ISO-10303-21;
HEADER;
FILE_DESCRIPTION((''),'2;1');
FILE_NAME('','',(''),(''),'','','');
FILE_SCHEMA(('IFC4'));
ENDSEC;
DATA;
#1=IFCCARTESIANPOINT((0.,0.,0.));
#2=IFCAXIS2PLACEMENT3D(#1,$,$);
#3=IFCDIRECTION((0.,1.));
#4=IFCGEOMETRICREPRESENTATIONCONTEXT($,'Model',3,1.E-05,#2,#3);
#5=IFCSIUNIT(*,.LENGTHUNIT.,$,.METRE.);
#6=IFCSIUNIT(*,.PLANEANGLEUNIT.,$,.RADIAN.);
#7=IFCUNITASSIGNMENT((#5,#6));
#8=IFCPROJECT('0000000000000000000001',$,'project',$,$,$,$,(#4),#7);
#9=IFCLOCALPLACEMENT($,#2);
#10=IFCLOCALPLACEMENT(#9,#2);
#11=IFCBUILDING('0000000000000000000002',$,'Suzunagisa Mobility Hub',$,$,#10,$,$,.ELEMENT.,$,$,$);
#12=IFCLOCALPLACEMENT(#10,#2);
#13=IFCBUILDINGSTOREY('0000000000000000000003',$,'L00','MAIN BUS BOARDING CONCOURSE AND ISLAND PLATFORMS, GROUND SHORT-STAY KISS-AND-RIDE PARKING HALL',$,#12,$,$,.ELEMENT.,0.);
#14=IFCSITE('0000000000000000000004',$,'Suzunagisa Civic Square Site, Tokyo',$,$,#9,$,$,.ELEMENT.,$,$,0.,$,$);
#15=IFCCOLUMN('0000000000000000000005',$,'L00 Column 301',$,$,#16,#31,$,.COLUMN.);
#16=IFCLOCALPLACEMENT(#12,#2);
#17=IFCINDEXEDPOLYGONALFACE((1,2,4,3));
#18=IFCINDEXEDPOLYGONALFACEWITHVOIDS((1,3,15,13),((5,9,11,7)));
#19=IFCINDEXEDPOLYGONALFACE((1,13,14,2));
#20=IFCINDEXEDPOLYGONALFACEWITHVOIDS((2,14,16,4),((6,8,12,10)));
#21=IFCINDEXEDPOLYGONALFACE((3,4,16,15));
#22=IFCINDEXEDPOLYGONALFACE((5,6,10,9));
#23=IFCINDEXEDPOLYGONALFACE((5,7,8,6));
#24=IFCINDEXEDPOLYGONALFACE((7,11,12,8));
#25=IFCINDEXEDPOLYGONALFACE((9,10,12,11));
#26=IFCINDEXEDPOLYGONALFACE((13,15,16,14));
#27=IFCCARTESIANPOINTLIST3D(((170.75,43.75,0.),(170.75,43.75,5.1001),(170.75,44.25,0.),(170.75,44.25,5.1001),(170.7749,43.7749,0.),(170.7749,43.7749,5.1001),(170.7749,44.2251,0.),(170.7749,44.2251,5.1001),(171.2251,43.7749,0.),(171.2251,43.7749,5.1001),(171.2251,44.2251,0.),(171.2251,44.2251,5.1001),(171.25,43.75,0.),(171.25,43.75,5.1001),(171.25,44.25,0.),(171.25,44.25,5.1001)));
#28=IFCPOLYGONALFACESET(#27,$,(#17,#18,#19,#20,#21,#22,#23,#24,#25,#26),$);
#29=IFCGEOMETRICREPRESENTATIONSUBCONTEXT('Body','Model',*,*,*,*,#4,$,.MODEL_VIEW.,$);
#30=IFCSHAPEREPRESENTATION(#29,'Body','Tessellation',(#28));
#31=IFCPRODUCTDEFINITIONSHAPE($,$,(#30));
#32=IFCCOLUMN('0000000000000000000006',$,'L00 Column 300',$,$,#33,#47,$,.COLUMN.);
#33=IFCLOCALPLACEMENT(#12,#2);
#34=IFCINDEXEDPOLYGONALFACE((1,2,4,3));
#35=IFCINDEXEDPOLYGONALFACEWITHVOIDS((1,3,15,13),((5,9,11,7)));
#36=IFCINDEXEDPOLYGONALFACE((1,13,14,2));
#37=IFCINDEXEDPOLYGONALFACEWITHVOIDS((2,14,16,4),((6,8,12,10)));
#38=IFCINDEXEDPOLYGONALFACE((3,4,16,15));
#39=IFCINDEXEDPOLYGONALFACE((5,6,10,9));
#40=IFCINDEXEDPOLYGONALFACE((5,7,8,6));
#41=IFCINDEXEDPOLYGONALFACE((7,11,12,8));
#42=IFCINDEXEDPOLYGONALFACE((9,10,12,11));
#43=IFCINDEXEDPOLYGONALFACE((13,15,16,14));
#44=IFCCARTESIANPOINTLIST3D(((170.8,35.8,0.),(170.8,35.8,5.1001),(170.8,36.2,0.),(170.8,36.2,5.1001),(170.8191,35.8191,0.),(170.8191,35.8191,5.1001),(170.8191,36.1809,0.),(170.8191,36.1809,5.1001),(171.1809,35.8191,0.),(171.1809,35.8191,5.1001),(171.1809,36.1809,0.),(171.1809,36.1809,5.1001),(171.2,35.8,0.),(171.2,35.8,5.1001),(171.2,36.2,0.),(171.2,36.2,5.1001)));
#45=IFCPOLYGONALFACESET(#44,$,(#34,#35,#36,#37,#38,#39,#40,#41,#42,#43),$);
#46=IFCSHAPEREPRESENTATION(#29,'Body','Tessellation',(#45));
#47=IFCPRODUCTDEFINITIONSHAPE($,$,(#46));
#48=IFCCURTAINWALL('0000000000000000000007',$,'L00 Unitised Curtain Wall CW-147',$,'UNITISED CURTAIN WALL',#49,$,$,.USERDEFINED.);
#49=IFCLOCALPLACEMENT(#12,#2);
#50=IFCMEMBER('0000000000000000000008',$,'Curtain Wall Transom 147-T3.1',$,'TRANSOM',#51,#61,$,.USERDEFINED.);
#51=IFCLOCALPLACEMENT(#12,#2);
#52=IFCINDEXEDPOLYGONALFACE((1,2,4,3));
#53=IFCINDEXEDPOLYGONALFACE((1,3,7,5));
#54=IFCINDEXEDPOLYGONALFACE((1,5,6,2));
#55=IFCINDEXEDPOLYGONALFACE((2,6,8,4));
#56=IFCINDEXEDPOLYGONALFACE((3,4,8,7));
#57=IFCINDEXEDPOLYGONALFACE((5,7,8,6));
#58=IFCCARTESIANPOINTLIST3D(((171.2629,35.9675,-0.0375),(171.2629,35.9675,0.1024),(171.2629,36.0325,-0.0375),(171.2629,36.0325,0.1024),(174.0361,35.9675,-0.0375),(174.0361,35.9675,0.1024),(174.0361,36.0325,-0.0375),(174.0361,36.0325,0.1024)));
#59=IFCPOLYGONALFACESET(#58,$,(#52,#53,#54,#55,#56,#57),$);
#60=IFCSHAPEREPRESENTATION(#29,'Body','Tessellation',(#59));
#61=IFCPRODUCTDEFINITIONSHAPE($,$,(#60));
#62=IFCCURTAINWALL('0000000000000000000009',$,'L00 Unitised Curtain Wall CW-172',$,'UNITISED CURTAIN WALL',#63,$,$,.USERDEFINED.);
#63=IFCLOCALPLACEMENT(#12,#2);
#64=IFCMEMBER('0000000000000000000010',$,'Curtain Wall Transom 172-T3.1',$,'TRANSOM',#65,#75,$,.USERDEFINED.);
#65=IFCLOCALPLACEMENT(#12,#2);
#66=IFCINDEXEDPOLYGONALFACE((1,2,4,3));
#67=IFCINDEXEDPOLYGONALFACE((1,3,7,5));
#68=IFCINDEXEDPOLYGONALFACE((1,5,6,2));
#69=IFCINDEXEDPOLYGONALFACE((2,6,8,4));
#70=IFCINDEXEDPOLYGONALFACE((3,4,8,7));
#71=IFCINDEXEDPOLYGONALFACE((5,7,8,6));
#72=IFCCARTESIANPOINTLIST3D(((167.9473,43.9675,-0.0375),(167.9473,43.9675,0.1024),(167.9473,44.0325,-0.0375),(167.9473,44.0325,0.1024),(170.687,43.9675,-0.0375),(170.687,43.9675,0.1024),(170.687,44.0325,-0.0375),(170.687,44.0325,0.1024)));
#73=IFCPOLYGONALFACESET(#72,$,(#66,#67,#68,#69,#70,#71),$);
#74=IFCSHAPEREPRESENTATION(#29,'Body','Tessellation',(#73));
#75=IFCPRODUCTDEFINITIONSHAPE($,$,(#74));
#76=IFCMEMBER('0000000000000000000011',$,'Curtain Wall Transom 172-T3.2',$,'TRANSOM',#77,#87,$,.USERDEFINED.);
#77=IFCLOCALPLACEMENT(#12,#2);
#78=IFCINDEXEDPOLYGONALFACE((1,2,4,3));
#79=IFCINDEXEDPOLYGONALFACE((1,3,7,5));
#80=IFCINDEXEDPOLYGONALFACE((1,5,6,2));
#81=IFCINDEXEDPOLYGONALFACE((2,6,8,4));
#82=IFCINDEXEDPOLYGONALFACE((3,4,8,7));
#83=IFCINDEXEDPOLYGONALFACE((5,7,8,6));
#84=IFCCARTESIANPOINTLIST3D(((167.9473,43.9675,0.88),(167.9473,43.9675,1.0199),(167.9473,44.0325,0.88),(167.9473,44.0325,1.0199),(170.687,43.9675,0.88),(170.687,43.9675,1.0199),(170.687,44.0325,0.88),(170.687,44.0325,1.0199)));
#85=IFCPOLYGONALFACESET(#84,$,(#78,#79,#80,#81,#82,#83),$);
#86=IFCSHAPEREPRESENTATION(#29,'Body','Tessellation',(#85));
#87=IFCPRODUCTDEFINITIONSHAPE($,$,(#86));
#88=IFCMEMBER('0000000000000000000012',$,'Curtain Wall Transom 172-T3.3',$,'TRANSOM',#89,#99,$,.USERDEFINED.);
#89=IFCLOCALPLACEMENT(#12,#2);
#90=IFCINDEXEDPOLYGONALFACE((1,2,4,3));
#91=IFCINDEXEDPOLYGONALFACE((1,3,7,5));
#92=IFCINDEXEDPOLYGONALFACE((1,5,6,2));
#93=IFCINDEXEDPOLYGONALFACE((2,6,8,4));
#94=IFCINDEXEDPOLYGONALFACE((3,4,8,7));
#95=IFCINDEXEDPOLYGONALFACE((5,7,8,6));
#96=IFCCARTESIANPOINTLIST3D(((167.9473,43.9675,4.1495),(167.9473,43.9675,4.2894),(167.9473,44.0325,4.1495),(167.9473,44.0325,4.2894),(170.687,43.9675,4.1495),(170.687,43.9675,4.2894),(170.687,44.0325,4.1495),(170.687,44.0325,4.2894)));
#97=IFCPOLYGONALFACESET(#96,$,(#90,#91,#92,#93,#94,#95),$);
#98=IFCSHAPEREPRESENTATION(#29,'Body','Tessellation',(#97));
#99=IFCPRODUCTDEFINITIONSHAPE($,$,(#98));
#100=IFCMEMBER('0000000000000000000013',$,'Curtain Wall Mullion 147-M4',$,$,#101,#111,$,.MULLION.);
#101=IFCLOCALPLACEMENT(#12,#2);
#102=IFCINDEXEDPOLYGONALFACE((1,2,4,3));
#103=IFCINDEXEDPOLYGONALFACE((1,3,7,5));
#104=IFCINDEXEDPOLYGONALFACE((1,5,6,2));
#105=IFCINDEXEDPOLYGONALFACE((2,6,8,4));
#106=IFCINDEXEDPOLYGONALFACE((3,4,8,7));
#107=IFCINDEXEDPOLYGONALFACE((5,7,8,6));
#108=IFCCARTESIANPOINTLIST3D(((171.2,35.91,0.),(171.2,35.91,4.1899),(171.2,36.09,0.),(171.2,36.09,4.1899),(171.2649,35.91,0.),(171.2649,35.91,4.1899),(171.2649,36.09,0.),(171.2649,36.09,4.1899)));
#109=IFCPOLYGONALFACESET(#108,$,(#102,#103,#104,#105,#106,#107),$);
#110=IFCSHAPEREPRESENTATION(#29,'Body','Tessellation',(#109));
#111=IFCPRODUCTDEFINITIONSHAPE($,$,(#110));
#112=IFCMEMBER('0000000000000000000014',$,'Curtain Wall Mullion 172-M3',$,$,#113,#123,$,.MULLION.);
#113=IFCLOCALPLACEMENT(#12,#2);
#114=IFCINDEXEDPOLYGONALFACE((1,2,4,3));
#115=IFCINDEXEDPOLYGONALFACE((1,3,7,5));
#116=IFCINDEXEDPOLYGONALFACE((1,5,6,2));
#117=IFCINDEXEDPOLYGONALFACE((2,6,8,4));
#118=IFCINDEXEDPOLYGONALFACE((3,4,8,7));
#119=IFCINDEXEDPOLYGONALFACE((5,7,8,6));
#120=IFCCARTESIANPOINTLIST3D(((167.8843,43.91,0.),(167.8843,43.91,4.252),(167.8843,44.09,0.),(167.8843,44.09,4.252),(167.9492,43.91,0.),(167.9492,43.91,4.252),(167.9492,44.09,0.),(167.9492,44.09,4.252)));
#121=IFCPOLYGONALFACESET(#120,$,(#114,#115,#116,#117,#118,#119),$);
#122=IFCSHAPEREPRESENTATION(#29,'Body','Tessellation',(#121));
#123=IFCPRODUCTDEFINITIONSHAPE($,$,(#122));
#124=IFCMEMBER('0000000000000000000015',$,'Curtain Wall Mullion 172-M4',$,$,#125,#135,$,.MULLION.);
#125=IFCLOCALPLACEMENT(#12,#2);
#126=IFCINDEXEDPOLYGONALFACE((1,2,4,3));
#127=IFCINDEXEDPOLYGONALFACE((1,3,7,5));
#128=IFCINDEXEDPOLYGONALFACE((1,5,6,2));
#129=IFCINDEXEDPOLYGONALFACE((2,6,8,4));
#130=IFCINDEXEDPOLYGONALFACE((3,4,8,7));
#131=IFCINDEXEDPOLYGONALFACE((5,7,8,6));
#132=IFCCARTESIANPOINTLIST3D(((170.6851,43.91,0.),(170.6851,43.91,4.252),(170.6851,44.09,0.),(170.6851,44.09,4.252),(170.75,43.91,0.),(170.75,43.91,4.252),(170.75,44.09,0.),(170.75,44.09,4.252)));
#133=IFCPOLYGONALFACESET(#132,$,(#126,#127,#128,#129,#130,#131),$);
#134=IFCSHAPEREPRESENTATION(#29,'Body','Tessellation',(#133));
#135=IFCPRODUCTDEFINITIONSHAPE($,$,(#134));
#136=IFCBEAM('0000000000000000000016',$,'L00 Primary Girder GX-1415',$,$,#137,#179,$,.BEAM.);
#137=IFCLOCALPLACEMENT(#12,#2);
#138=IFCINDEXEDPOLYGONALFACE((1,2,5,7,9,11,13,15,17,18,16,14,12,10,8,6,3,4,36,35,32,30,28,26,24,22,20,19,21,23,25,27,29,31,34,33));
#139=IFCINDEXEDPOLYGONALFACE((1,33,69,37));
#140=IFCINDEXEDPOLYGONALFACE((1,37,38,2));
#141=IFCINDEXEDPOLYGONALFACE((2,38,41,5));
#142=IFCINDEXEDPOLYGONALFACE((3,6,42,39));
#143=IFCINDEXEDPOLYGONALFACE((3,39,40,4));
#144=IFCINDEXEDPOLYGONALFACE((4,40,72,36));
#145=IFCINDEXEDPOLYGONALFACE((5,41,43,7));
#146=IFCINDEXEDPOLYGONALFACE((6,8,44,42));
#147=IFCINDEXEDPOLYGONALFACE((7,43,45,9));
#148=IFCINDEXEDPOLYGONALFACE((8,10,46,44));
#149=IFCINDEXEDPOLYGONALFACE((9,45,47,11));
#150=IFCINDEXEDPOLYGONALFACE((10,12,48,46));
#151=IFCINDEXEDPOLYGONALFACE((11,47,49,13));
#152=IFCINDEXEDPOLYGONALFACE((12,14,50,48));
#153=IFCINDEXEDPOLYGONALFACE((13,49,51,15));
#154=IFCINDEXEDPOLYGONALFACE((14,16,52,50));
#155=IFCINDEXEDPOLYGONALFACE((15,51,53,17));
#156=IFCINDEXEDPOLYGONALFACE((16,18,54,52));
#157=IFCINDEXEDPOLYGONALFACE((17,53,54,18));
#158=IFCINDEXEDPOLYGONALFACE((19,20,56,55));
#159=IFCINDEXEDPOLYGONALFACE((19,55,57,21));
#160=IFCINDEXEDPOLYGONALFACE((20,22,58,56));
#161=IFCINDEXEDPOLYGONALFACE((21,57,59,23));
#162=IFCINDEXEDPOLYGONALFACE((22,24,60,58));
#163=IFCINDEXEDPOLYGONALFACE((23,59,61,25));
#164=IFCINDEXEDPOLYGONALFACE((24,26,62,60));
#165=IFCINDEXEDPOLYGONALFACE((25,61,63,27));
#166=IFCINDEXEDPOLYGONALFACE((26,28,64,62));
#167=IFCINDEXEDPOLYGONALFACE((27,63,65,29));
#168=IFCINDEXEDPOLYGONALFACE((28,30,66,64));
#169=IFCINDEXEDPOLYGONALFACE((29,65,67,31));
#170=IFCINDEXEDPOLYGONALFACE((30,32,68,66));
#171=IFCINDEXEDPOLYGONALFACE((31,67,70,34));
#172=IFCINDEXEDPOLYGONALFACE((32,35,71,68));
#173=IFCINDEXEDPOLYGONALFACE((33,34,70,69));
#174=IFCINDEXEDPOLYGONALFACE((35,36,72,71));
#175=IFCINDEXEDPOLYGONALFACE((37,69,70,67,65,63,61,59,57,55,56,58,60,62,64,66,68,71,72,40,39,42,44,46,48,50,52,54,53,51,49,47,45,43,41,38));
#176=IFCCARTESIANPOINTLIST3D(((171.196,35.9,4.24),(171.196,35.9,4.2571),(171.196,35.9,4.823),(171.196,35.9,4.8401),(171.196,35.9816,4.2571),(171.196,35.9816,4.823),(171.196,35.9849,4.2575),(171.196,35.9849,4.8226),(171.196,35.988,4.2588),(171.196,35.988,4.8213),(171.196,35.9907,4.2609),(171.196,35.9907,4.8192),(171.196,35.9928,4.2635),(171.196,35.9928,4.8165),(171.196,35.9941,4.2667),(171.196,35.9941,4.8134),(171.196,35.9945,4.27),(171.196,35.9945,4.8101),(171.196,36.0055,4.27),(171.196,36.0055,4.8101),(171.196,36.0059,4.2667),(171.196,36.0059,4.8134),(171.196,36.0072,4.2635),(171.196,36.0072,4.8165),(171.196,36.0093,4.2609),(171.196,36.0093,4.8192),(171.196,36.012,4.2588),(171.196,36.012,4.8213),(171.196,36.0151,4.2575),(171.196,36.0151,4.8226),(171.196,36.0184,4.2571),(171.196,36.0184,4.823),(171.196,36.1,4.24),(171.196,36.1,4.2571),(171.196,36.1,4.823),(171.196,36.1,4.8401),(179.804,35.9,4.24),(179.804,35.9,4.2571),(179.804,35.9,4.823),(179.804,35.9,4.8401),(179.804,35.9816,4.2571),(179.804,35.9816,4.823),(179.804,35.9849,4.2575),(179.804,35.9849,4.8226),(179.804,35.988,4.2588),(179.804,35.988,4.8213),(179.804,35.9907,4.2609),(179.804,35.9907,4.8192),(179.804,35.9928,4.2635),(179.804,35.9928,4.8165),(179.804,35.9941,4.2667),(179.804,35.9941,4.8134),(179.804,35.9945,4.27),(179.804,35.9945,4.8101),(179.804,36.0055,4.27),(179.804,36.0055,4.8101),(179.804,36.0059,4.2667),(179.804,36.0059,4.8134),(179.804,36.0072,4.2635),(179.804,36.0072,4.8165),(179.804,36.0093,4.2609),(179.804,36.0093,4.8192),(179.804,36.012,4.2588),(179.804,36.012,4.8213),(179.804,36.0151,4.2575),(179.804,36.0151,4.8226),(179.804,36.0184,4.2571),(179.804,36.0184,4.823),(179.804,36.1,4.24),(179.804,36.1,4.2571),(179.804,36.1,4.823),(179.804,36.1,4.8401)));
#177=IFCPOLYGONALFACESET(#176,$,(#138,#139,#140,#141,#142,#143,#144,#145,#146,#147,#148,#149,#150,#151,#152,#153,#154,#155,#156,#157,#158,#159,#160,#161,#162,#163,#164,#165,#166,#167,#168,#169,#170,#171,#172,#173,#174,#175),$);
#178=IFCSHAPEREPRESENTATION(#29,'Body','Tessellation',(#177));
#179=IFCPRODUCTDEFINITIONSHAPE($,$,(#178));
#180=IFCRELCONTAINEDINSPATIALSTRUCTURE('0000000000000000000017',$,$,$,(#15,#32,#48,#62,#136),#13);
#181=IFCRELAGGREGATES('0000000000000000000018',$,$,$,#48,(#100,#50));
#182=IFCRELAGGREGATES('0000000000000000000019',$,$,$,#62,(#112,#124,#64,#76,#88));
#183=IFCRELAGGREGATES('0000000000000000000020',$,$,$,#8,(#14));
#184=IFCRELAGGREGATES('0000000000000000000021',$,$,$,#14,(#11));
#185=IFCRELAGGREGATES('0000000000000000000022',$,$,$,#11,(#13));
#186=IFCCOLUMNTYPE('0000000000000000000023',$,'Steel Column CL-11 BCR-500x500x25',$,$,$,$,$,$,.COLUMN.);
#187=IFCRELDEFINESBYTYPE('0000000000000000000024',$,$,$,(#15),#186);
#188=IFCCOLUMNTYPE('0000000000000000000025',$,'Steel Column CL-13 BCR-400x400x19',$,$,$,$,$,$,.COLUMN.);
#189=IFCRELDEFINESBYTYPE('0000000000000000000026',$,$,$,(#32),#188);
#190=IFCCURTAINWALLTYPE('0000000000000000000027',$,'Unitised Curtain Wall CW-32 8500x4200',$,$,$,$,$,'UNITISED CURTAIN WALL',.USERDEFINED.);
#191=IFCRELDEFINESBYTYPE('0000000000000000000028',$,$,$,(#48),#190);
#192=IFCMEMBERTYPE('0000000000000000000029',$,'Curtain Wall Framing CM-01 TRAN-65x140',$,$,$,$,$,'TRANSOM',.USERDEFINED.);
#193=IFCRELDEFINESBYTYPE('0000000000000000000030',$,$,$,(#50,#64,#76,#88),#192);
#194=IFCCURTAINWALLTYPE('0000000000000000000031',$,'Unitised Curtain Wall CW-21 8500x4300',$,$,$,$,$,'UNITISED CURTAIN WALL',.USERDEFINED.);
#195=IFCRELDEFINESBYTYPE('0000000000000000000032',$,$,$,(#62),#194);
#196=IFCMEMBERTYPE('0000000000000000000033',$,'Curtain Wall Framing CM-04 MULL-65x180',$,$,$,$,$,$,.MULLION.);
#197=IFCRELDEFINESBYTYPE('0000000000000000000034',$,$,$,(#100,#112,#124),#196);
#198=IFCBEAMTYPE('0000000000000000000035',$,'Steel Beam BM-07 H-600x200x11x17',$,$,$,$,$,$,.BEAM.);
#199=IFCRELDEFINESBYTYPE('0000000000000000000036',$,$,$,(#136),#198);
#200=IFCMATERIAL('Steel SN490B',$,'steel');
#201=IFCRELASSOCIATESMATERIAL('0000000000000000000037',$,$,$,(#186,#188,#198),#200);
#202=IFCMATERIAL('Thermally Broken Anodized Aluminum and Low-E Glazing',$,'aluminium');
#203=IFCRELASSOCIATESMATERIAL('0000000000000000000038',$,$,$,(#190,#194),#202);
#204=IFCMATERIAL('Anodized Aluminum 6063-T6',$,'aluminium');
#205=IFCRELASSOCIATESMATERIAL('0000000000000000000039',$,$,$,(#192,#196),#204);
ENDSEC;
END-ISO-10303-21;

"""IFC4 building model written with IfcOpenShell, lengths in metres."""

from ifc_helpers import new_model, si_unit, direction, frame, origin, origin_2d, place, context, subcontext, project, spatial, rectangle, hollow_rectangle, i_section, extrude, material, material_profile, profile_set, type_object, element, aggregate, save


model = new_model("IFC4")

# Units and contexts
model_context = context("Model", 3, precision=1e-05, world=origin(), true_north=direction((0.0, 1.0)))
body_context = subcontext(model_context, "Body", "Model", "MODEL_VIEW")
ifc_project = project(units=[si_unit("LENGTHUNIT", "METRE"), si_unit("PLANEANGLEUNIT", "RADIAN")], contexts=[model_context])

# Site, building, storey
site_placement = place(None, origin())
site = spatial("IfcSite", under=ifc_project, at=site_placement, Name="Suzunagisa Civic Square Site, Tokyo", CompositionType="ELEMENT", RefElevation=0.0)
building_placement = place(site_placement, origin())
building = spatial("IfcBuilding", under=site, at=building_placement, Name="Suzunagisa Mobility Hub", CompositionType="ELEMENT")
storey_placement = place(building_placement, origin())
storey = spatial("IfcBuildingStorey", under=building, at=storey_placement, Name="L00", Description="MAIN BUS BOARDING CONCOURSE AND ISLAND PLATFORMS, GROUND SHORT-STAY KISS-AND-RIDE PARKING HALL", CompositionType="ELEMENT", Elevation=0.0)

# Columns
ifc_material_1 = material(Name="Steel SN490B", Category="steel")
ifc_material_profile_1 = material_profile(ifc_material_1, hollow_rectangle(XDim=0.5, YDim=0.5, WallThickness=0.0249, at=origin_2d()), Name="BCR-500x500x25")
ifc_profile_set_1 = profile_set([ifc_material_profile_1], Name="Steel SN490B")
column_type_1 = type_object("IfcColumnType", Name="Steel Column CL-11 BCR-500x500x25", PredefinedType="COLUMN", material=ifc_profile_set_1)
column_1_placement = place(storey_placement, frame((171.0, 44.0, 0.0), z_axis=(0.0, 0.0, 1.0), x_axis=(1.0, 0.0, 0.0)))
element("IfcColumn", 1, at=column_1_placement, inside=storey, type_object=column_type_1, Name="L00 Column 301", PredefinedType="COLUMN", context=body_context, shape_type="SweptSolid", body=[
    extrude(hollow_rectangle(XDim=0.5, YDim=0.5, WallThickness=0.0249, at=origin_2d()), origin(), (0.0, 0.0, 1.0), 5.1001),
])
ifc_material_profile_2 = material_profile(ifc_material_1, hollow_rectangle(XDim=0.3999, YDim=0.3999, WallThickness=0.019, at=origin_2d()), Name="BCR-400x400x19")
ifc_profile_set_2 = profile_set([ifc_material_profile_2], Name="Steel SN490B")
column_type_2 = type_object("IfcColumnType", Name="Steel Column CL-13 BCR-400x400x19", PredefinedType="COLUMN", material=ifc_profile_set_2)
column_2_placement = place(storey_placement, frame((171.0, 36.0, 0.0), z_axis=(0.0, 0.0, 1.0), x_axis=(1.0, 0.0, 0.0)))
element("IfcColumn", 2, at=column_2_placement, inside=storey, type_object=column_type_2, Name="L00 Column 300", PredefinedType="COLUMN", context=body_context, shape_type="SweptSolid", body=[
    extrude(hollow_rectangle(XDim=0.3999, YDim=0.3999, WallThickness=0.019, at=origin_2d()), origin(), (0.0, 0.0, 1.0), 5.1001),
])

# Curtain wall, member
ifc_material_2 = material(Name="Thermally Broken Anodized Aluminum and Low-E Glazing", Category="aluminium")
curtain_wall_type_1 = type_object("IfcCurtainWallType", Name="Unitised Curtain Wall CW-32 8500x4200", ElementType="UNITISED CURTAIN WALL", PredefinedType="USERDEFINED", material=ifc_material_2)
curtain_wall_1_placement = place(storey_placement, origin())
curtain_wall_1 = element("IfcCurtainWall", 3, at=curtain_wall_1_placement, inside=storey, type_object=curtain_wall_type_1, Name="L00 Unitised Curtain Wall CW-147", ObjectType="UNITISED CURTAIN WALL", PredefinedType="USERDEFINED")
ifc_material_3 = material(Name="Anodized Aluminum 6063-T6", Category="aluminium")
ifc_material_profile_3 = material_profile(ifc_material_3, rectangle(XDim=0.0649, YDim=0.1399, at=origin_2d()), Name="TRAN-65x140")
ifc_profile_set_3 = profile_set([ifc_material_profile_3], Name="Anodized Aluminum 6063-T6")
member_type_1 = type_object("IfcMemberType", Name="Curtain Wall Framing CM-01 TRAN-65x140", ElementType="TRANSOM", PredefinedType="USERDEFINED", material=ifc_profile_set_3)
member_1_placement = place(storey_placement, frame((174.0361, 36.0, 0.0325), z_axis=(-1.0, 0.0, 0.0), x_axis=(0.0, -1.0, 0.0)))
member_1 = element("IfcMember", 4, at=member_1_placement, type_object=member_type_1, Name="Curtain Wall Transom 147-T3.1", ObjectType="TRANSOM", PredefinedType="USERDEFINED", context=body_context, shape_type="SweptSolid", body=[
    extrude(rectangle(XDim=0.0649, YDim=0.1399, at=origin_2d()), origin(), (0.0, 0.0, 1.0), 2.7732),
])

# Curtain wall, members
curtain_wall_type_2 = type_object("IfcCurtainWallType", Name="Unitised Curtain Wall CW-21 8500x4300", ElementType="UNITISED CURTAIN WALL", PredefinedType="USERDEFINED", material=ifc_material_2)
curtain_wall_2_placement = place(storey_placement, origin())
curtain_wall_2 = element("IfcCurtainWall", 5, at=curtain_wall_2_placement, inside=storey, type_object=curtain_wall_type_2, Name="L00 Unitised Curtain Wall CW-172", ObjectType="UNITISED CURTAIN WALL", PredefinedType="USERDEFINED")
member_2_placement = place(storey_placement, frame((167.9473, 44.0, 0.0325), z_axis=(1.0, 0.0, 0.0), x_axis=(0.0, 1.0, 0.0)))
member_2 = element("IfcMember", 6, at=member_2_placement, type_object=member_type_1, Name="Curtain Wall Transom 172-T3.1", ObjectType="TRANSOM", PredefinedType="USERDEFINED", context=body_context, shape_type="SweptSolid", body=[
    extrude(rectangle(XDim=0.0649, YDim=0.1399, at=origin_2d()), origin(), (0.0, 0.0, 1.0), 2.7397),
])
member_3_placement = place(storey_placement, frame((167.9473, 44.0, 0.95), z_axis=(1.0, 0.0, 0.0), x_axis=(0.0, 1.0, 0.0)))
member_3 = element("IfcMember", 7, at=member_3_placement, type_object=member_type_1, Name="Curtain Wall Transom 172-T3.2", ObjectType="TRANSOM", PredefinedType="USERDEFINED", context=body_context, shape_type="SweptSolid", body=[
    extrude(rectangle(XDim=0.0649, YDim=0.1399, at=origin_2d()), origin(), (0.0, 0.0, 1.0), 2.7397),
])
member_4_placement = place(storey_placement, frame((167.9473, 44.0, 4.2195), z_axis=(1.0, 0.0, 0.0), x_axis=(0.0, 1.0, 0.0)))
member_4 = element("IfcMember", 8, at=member_4_placement, type_object=member_type_1, Name="Curtain Wall Transom 172-T3.3", ObjectType="TRANSOM", PredefinedType="USERDEFINED", context=body_context, shape_type="SweptSolid", body=[
    extrude(rectangle(XDim=0.0649, YDim=0.1399, at=origin_2d()), origin(), (0.0, 0.0, 1.0), 2.7397),
])

# Members
ifc_material_profile_4 = material_profile(ifc_material_3, rectangle(XDim=0.0649, YDim=0.1799, at=origin_2d()), Name="MULL-65x180")
ifc_profile_set_4 = profile_set([ifc_material_profile_4], Name="Anodized Aluminum 6063-T6")
member_type_2 = type_object("IfcMemberType", Name="Curtain Wall Framing CM-04 MULL-65x180", PredefinedType="MULLION", material=ifc_profile_set_4)
member_5_placement = place(storey_placement, frame((171.2324, 36.0, 0.0), z_axis=(0.0, 0.0, 1.0), x_axis=(-1.0, 0.0, 0.0)))
member_5 = element("IfcMember", 9, at=member_5_placement, type_object=member_type_2, Name="Curtain Wall Mullion 147-M4", PredefinedType="MULLION", context=body_context, shape_type="SweptSolid", body=[
    extrude(rectangle(XDim=0.0649, YDim=0.1799, at=origin_2d()), origin(), (0.0, 0.0, 1.0), 4.1899),
])
member_6_placement = place(storey_placement, frame((167.9167, 44.0, 0.0), z_axis=(0.0, 0.0, 1.0), x_axis=(1.0, 0.0, 0.0)))
member_6 = element("IfcMember", 10, at=member_6_placement, type_object=member_type_2, Name="Curtain Wall Mullion 172-M3", PredefinedType="MULLION", context=body_context, shape_type="SweptSolid", body=[
    extrude(rectangle(XDim=0.0649, YDim=0.1799, at=origin_2d()), origin(), (0.0, 0.0, 1.0), 4.252),
])
member_7_placement = place(storey_placement, frame((170.7175, 44.0, 0.0), z_axis=(0.0, 0.0, 1.0), x_axis=(1.0, 0.0, 0.0)))
member_7 = element("IfcMember", 11, at=member_7_placement, type_object=member_type_2, Name="Curtain Wall Mullion 172-M4", PredefinedType="MULLION", context=body_context, shape_type="SweptSolid", body=[
    extrude(rectangle(XDim=0.0649, YDim=0.1799, at=origin_2d()), origin(), (0.0, 0.0, 1.0), 4.252),
])

# Beam
ifc_material_profile_5 = material_profile(ifc_material_1, i_section(OverallWidth=0.2, OverallDepth=0.6001, WebThickness=0.011, FlangeThickness=0.0171, FilletRadius=0.0129, at=origin_2d()), Name="H-600x200x11x17")
ifc_profile_set_5 = profile_set([ifc_material_profile_5], Name="Steel SN490B")
beam_type_1 = type_object("IfcBeamType", Name="Steel Beam BM-07 H-600x200x11x17", PredefinedType="BEAM", material=ifc_profile_set_5)
beam_1_placement = place(storey_placement, frame((171.196, 36.0, 4.54), z_axis=(1.0, 0.0, 0.0), x_axis=(0.0, 1.0, 0.0)))
element("IfcBeam", 12, at=beam_1_placement, inside=storey, type_object=beam_type_1, Name="L00 Primary Girder GX-1415", PredefinedType="BEAM", context=body_context, shape_type="SweptSolid", body=[
    extrude(i_section(OverallWidth=0.2, OverallDepth=0.6001, WebThickness=0.011, FlangeThickness=0.0171, FilletRadius=0.0129, at=origin_2d()), origin(), (0.0, 0.0, 1.0), 8.6079),
])

aggregate(curtain_wall_1, [member_5, member_1])
aggregate(curtain_wall_2, [member_6, member_7, member_2, member_3, member_4])

save(model, "model.ifc")
